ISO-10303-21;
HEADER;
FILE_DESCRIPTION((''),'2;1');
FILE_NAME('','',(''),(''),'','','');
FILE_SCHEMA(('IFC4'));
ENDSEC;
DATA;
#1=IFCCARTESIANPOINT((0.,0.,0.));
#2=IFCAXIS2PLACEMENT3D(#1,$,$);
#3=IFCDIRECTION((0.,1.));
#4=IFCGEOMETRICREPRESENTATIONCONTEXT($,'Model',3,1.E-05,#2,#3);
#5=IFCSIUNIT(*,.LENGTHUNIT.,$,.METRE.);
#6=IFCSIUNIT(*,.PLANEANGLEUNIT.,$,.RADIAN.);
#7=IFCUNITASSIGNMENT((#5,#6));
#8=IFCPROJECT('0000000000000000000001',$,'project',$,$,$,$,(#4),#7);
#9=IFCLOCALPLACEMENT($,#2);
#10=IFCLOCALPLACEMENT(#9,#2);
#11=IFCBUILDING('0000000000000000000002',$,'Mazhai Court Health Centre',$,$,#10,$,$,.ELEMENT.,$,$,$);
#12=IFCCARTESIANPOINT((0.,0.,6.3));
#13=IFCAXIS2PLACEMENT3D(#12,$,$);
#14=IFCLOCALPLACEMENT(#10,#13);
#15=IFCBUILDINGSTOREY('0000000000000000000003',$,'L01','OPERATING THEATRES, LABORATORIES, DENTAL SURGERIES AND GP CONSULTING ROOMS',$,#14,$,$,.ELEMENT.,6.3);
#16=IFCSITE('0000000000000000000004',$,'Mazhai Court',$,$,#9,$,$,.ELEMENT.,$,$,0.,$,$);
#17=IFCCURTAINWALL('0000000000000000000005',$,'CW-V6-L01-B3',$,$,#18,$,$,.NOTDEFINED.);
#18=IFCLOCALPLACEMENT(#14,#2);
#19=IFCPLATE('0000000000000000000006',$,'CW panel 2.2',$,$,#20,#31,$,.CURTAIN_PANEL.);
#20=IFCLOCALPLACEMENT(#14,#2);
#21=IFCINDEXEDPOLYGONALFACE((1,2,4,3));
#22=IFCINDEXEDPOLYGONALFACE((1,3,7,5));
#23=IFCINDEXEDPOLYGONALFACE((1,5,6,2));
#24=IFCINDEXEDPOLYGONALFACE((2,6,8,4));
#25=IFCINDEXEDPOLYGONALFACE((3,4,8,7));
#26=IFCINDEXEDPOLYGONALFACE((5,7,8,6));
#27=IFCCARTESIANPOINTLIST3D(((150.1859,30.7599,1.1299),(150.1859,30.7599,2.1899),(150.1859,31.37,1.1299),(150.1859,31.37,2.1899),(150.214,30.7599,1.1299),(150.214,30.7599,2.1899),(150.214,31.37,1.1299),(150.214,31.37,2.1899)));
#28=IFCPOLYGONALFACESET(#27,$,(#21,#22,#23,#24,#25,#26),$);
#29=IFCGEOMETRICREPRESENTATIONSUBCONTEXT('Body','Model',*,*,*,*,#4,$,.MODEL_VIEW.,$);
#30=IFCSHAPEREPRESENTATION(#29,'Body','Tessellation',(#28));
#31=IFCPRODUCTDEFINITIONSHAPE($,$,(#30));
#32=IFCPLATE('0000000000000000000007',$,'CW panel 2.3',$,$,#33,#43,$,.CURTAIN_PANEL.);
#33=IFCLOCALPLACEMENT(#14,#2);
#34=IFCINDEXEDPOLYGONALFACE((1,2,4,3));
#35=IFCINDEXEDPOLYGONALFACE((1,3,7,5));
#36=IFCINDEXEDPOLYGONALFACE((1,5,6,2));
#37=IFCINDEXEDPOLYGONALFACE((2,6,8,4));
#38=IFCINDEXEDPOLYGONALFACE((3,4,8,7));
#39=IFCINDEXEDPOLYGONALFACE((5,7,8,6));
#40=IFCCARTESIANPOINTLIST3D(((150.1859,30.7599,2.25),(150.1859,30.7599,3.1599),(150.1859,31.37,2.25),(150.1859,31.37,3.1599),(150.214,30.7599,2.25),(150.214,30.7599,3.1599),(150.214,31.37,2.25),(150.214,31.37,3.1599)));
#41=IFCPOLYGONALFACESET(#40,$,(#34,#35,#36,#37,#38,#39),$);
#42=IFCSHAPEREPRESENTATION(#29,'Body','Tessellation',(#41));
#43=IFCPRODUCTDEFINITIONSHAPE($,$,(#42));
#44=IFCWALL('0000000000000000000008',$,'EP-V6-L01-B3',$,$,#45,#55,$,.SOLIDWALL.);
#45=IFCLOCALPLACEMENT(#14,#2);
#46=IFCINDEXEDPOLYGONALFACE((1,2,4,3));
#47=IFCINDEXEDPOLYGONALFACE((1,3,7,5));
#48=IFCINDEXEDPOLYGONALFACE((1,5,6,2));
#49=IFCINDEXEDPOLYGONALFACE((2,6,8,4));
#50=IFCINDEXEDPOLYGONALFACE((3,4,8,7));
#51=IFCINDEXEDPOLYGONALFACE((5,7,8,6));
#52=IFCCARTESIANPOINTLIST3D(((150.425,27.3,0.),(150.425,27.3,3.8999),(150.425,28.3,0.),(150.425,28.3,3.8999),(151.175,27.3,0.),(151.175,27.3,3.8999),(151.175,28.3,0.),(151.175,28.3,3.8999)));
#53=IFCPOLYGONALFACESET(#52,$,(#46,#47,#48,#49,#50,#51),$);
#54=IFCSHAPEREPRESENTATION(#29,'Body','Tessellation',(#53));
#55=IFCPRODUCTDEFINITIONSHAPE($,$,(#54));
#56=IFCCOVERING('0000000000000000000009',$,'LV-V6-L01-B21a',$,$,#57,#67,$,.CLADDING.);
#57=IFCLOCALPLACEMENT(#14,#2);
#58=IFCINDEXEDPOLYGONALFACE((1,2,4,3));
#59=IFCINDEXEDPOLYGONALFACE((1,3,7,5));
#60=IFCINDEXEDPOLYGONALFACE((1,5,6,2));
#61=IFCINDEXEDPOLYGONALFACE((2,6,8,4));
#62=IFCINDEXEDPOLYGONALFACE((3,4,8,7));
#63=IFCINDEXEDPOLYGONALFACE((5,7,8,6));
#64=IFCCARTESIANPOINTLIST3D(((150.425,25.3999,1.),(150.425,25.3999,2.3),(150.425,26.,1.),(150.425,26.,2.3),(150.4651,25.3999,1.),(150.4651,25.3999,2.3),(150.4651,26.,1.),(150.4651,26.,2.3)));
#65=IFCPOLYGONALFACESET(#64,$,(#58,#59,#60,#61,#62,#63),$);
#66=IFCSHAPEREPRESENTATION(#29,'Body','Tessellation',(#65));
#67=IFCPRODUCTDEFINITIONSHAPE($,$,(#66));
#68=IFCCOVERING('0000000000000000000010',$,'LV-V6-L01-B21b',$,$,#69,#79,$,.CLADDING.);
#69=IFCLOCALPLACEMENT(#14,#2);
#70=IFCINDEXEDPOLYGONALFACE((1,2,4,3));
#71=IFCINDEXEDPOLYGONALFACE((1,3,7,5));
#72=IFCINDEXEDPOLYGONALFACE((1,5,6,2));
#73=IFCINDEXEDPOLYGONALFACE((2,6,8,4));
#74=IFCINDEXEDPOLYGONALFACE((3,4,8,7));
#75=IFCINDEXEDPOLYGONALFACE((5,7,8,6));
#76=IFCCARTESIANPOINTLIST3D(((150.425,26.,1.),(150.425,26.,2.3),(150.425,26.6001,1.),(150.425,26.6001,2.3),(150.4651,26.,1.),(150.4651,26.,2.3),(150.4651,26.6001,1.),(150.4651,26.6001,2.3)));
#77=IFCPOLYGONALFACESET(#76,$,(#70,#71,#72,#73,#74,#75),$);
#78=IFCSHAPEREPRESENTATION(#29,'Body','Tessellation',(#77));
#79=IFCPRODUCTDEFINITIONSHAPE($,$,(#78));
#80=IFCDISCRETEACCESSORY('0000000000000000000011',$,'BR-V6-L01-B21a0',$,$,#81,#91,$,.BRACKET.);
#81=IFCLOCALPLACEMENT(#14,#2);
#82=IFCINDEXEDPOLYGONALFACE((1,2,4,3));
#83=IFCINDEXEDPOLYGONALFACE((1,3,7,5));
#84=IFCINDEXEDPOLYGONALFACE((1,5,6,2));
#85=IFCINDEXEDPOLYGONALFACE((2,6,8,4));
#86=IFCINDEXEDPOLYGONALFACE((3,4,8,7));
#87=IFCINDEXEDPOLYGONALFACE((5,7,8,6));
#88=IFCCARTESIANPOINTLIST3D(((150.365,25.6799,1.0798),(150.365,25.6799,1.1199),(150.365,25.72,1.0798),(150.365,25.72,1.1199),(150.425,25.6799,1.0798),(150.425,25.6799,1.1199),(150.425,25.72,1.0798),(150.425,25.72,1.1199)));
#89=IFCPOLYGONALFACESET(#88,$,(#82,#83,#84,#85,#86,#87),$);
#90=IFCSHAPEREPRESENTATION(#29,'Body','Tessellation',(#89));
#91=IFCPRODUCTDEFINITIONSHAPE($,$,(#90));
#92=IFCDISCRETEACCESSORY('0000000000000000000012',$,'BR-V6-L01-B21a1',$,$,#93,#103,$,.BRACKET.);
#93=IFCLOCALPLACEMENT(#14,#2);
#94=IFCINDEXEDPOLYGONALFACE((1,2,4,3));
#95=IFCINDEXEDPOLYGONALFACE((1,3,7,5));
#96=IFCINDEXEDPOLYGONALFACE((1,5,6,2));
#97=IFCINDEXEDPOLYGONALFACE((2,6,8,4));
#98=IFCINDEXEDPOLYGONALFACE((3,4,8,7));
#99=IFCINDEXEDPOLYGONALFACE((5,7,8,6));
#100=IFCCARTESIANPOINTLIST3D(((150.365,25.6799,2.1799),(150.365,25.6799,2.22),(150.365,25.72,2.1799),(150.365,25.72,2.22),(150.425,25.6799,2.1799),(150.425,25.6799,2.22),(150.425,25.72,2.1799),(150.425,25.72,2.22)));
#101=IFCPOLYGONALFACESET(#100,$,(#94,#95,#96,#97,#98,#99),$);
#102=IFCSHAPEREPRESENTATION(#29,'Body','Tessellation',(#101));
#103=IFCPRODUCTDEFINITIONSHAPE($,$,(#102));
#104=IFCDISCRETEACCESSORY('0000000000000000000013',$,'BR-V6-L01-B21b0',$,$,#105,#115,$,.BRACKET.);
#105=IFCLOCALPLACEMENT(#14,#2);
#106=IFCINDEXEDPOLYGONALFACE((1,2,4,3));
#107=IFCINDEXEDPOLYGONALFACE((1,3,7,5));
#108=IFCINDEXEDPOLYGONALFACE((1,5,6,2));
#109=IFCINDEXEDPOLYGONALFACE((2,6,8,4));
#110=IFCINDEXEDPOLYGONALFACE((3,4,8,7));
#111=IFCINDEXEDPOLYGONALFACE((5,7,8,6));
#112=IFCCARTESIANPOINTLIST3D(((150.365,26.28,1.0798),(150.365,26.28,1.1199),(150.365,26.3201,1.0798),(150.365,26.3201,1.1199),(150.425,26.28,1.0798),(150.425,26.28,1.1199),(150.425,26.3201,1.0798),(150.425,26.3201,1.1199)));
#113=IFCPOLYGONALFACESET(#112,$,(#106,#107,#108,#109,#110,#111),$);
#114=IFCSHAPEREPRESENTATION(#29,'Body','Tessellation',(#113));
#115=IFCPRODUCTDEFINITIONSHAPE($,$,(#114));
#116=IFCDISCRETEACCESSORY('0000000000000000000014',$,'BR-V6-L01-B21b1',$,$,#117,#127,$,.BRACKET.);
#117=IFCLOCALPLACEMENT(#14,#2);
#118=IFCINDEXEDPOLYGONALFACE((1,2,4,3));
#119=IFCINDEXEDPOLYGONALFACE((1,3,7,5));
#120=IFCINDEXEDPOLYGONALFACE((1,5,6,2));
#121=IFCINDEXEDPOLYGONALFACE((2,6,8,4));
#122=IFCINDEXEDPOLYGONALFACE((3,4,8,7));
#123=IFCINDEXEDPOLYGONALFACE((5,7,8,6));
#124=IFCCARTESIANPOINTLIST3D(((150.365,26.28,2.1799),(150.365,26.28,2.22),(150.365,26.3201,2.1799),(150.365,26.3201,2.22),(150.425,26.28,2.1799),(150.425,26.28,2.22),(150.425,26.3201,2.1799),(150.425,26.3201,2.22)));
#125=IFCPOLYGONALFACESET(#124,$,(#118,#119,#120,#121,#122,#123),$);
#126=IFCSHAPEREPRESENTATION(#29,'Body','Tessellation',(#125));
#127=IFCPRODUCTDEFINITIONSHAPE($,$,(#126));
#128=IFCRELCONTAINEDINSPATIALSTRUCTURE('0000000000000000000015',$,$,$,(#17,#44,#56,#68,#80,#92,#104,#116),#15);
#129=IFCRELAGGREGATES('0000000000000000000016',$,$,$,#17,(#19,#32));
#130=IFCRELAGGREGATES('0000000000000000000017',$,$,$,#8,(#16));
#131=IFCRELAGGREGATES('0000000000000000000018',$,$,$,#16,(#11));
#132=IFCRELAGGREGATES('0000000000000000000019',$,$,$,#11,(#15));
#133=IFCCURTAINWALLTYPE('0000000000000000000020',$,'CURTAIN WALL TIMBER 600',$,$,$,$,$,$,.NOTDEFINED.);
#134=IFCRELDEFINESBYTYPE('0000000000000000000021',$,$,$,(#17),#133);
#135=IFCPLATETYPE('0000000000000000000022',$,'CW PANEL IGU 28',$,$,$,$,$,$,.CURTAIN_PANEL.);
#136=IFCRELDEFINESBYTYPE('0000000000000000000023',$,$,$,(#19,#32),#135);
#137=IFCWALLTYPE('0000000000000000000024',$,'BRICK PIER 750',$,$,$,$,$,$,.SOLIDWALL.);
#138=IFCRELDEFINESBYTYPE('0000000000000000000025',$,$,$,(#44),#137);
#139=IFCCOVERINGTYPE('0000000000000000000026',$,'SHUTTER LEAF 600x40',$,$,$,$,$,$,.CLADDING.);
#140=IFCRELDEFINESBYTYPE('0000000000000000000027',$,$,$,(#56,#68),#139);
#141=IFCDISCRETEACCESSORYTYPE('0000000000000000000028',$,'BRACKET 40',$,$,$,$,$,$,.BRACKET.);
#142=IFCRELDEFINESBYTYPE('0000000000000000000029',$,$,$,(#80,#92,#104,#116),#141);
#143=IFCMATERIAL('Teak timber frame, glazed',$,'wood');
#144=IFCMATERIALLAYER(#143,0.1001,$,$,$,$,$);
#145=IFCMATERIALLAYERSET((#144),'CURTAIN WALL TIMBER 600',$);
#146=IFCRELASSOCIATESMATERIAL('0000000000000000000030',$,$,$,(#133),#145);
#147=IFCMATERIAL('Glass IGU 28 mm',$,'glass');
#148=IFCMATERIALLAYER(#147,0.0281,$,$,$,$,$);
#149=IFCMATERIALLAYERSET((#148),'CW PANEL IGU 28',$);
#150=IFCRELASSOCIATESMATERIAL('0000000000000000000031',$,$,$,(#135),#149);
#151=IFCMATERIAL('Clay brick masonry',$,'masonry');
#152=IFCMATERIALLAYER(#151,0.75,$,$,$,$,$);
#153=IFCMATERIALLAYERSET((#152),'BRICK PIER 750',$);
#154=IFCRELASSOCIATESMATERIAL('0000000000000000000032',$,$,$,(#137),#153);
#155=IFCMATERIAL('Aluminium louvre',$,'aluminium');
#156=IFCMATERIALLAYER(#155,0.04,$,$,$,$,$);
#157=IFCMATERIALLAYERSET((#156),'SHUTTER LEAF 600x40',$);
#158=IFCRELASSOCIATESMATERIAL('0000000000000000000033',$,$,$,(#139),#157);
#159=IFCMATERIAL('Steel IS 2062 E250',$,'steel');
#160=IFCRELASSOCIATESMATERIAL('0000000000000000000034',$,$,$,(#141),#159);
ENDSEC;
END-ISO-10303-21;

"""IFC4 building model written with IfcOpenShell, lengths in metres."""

from ifc_helpers import new_model, si_unit, direction, frame, frame_2d, origin, origin_2d, place, context, subcontext, project, spatial, rectangle, extrude, material, layer, layer_set, type_object, element, aggregate, save


model = new_model("IFC4")

# Units and contexts
model_context = context("Model", 3, precision=1e-05, world=origin(), true_north=direction((0.0, 1.0)))
body_context = subcontext(model_context, "Body", "Model", "MODEL_VIEW")
ifc_project = project(units=[si_unit("LENGTHUNIT", "METRE"), si_unit("PLANEANGLEUNIT", "RADIAN")], contexts=[model_context])

# Site, building, storey
site_placement = place(None, origin())
site = spatial("IfcSite", under=ifc_project, at=site_placement, Name="Mazhai Court", CompositionType="ELEMENT", RefElevation=0.0)
building_placement = place(site_placement, origin())
building = spatial("IfcBuilding", under=site, at=building_placement, Name="Mazhai Court Health Centre", CompositionType="ELEMENT")
storey_placement = place(building_placement, frame((0.0, 0.0, 6.3)))
storey = spatial("IfcBuildingStorey", under=building, at=storey_placement, Name="L01", Description="OPERATING THEATRES, LABORATORIES, DENTAL SURGERIES AND GP CONSULTING ROOMS", CompositionType="ELEMENT", Elevation=6.3)

# Curtain wall, plates
ifc_material_1 = material(Name="Teak timber frame, glazed", Category="wood")
ifc_layer_1 = layer(ifc_material_1, 0.1001)
ifc_layer_set_1 = layer_set([ifc_layer_1], Name="CURTAIN WALL TIMBER 600")
curtain_wall_type = type_object("IfcCurtainWallType", Name="CURTAIN WALL TIMBER 600", PredefinedType="NOTDEFINED", material=ifc_layer_set_1)
curtain_wall_placement = place(storey_placement, origin())
curtain_wall = element("IfcCurtainWall", 1, at=curtain_wall_placement, inside=storey, type_object=curtain_wall_type, Name="CW-V6-L01-B3", PredefinedType="NOTDEFINED")
ifc_material_2 = material(Name="Glass IGU 28 mm", Category="glass")
ifc_layer_2 = layer(ifc_material_2, 0.0281)
ifc_layer_set_2 = layer_set([ifc_layer_2], Name="CW PANEL IGU 28")
plate_type = type_object("IfcPlateType", Name="CW PANEL IGU 28", PredefinedType="CURTAIN_PANEL", material=ifc_layer_set_2)
plate_1_placement = place(storey_placement, frame((150.2, 31.0649, 1.1299), z_axis=(0.0, 0.0, 1.0), x_axis=(0.0, -1.0, 0.0)))
plate_1 = element("IfcPlate", 2, at=plate_1_placement, type_object=plate_type, Name="CW panel 2.2", PredefinedType="CURTAIN_PANEL", context=body_context, shape_type="SweptSolid", body=[
    extrude(rectangle(XDim=0.6101, YDim=0.0281, at=origin_2d()), origin(), (0.0, 0.0, 1.0), 1.0601),
])
plate_2_placement = place(storey_placement, frame((150.2, 31.0649, 2.25), z_axis=(0.0, 0.0, 1.0), x_axis=(0.0, -1.0, 0.0)))
plate_2 = element("IfcPlate", 3, at=plate_2_placement, type_object=plate_type, Name="CW panel 2.3", PredefinedType="CURTAIN_PANEL", context=body_context, shape_type="SweptSolid", body=[
    extrude(rectangle(XDim=0.6101, YDim=0.0281, at=origin_2d()), origin(), (0.0, 0.0, 1.0), 0.9099),
])
aggregate(curtain_wall, [plate_1, plate_2])

# Wall
ifc_material_3 = material(Name="Clay brick masonry", Category="masonry")
ifc_layer_3 = layer(ifc_material_3, 0.75)
ifc_layer_set_3 = layer_set([ifc_layer_3], Name="BRICK PIER 750")
wall_type = type_object("IfcWallType", Name="BRICK PIER 750", PredefinedType="SOLIDWALL", material=ifc_layer_set_3)
wall_placement = place(storey_placement, frame((150.8, 28.3, 0.0), z_axis=(0.0, 0.0, 1.0), x_axis=(0.0, -1.0, 0.0)))
element("IfcWall", 4, at=wall_placement, inside=storey, type_object=wall_type, Name="EP-V6-L01-B3", PredefinedType="SOLIDWALL", context=body_context, shape_type="SweptSolid", body=[
    extrude(rectangle(XDim=1.0, YDim=0.75, at=frame_2d((0.5, 0.0))), origin(), (0.0, 0.0, 1.0), 3.8999),
])

# Coverings
ifc_material_4 = material(Name="Aluminium louvre", Category="aluminium")
ifc_layer_4 = layer(ifc_material_4, 0.04)
ifc_layer_set_4 = layer_set([ifc_layer_4], Name="SHUTTER LEAF 600x40")
covering_type = type_object("IfcCoveringType", Name="SHUTTER LEAF 600x40", PredefinedType="CLADDING", material=ifc_layer_set_4)
for number, where, z_axis, x_axis, name in (
    (5, (150.4451, 25.7, 1.0), (0.0, 0.0, 1.0), (0.0, 1.0, 0.0), "LV-V6-L01-B21a"),
    (6, (150.4451, 26.3, 1.0), (0.0, 0.0, 1.0), (0.0, 1.0, 0.0), "LV-V6-L01-B21b"),
):
    element("IfcCovering", number, at=place(storey_placement, frame(where, z_axis=z_axis, x_axis=x_axis)), inside=storey, type_object=covering_type, Name=name, PredefinedType="CLADDING", context=body_context, shape_type="SweptSolid", body=[
        extrude(rectangle(XDim=0.6001, YDim=0.04, at=origin_2d()), origin(), (0.0, 0.0, 1.0), 1.3),
    ])

# Discrete accessories
ifc_material_5 = material(Name="Steel IS 2062 E250", Category="steel")
discrete_accessory_type = type_object("IfcDiscreteAccessoryType", Name="BRACKET 40", PredefinedType="BRACKET", material=ifc_material_5)
for number, where, z_axis, x_axis, name in (
    (7, (150.395, 25.7, 1.0798), (0.0, 0.0, 1.0), (0.0, 1.0, 0.0), "BR-V6-L01-B21a0"),
    (8, (150.395, 25.7, 2.1799), (0.0, 0.0, 1.0), (0.0, 1.0, 0.0), "BR-V6-L01-B21a1"),
    (9, (150.395, 26.3, 1.0798), (0.0, 0.0, 1.0), (0.0, 1.0, 0.0), "BR-V6-L01-B21b0"),
    (10, (150.395, 26.3, 2.1799), (0.0, 0.0, 1.0), (0.0, 1.0, 0.0), "BR-V6-L01-B21b1"),
):
    element("IfcDiscreteAccessory", number, at=place(storey_placement, frame(where, z_axis=z_axis, x_axis=x_axis)), inside=storey, type_object=discrete_accessory_type, Name=name, PredefinedType="BRACKET", context=body_context, shape_type="SweptSolid", body=[
        extrude(rectangle(XDim=0.04, YDim=0.0601, at=origin_2d()), origin(), (0.0, 0.0, 1.0), 0.04),
    ])

save(model, "model.ifc")
